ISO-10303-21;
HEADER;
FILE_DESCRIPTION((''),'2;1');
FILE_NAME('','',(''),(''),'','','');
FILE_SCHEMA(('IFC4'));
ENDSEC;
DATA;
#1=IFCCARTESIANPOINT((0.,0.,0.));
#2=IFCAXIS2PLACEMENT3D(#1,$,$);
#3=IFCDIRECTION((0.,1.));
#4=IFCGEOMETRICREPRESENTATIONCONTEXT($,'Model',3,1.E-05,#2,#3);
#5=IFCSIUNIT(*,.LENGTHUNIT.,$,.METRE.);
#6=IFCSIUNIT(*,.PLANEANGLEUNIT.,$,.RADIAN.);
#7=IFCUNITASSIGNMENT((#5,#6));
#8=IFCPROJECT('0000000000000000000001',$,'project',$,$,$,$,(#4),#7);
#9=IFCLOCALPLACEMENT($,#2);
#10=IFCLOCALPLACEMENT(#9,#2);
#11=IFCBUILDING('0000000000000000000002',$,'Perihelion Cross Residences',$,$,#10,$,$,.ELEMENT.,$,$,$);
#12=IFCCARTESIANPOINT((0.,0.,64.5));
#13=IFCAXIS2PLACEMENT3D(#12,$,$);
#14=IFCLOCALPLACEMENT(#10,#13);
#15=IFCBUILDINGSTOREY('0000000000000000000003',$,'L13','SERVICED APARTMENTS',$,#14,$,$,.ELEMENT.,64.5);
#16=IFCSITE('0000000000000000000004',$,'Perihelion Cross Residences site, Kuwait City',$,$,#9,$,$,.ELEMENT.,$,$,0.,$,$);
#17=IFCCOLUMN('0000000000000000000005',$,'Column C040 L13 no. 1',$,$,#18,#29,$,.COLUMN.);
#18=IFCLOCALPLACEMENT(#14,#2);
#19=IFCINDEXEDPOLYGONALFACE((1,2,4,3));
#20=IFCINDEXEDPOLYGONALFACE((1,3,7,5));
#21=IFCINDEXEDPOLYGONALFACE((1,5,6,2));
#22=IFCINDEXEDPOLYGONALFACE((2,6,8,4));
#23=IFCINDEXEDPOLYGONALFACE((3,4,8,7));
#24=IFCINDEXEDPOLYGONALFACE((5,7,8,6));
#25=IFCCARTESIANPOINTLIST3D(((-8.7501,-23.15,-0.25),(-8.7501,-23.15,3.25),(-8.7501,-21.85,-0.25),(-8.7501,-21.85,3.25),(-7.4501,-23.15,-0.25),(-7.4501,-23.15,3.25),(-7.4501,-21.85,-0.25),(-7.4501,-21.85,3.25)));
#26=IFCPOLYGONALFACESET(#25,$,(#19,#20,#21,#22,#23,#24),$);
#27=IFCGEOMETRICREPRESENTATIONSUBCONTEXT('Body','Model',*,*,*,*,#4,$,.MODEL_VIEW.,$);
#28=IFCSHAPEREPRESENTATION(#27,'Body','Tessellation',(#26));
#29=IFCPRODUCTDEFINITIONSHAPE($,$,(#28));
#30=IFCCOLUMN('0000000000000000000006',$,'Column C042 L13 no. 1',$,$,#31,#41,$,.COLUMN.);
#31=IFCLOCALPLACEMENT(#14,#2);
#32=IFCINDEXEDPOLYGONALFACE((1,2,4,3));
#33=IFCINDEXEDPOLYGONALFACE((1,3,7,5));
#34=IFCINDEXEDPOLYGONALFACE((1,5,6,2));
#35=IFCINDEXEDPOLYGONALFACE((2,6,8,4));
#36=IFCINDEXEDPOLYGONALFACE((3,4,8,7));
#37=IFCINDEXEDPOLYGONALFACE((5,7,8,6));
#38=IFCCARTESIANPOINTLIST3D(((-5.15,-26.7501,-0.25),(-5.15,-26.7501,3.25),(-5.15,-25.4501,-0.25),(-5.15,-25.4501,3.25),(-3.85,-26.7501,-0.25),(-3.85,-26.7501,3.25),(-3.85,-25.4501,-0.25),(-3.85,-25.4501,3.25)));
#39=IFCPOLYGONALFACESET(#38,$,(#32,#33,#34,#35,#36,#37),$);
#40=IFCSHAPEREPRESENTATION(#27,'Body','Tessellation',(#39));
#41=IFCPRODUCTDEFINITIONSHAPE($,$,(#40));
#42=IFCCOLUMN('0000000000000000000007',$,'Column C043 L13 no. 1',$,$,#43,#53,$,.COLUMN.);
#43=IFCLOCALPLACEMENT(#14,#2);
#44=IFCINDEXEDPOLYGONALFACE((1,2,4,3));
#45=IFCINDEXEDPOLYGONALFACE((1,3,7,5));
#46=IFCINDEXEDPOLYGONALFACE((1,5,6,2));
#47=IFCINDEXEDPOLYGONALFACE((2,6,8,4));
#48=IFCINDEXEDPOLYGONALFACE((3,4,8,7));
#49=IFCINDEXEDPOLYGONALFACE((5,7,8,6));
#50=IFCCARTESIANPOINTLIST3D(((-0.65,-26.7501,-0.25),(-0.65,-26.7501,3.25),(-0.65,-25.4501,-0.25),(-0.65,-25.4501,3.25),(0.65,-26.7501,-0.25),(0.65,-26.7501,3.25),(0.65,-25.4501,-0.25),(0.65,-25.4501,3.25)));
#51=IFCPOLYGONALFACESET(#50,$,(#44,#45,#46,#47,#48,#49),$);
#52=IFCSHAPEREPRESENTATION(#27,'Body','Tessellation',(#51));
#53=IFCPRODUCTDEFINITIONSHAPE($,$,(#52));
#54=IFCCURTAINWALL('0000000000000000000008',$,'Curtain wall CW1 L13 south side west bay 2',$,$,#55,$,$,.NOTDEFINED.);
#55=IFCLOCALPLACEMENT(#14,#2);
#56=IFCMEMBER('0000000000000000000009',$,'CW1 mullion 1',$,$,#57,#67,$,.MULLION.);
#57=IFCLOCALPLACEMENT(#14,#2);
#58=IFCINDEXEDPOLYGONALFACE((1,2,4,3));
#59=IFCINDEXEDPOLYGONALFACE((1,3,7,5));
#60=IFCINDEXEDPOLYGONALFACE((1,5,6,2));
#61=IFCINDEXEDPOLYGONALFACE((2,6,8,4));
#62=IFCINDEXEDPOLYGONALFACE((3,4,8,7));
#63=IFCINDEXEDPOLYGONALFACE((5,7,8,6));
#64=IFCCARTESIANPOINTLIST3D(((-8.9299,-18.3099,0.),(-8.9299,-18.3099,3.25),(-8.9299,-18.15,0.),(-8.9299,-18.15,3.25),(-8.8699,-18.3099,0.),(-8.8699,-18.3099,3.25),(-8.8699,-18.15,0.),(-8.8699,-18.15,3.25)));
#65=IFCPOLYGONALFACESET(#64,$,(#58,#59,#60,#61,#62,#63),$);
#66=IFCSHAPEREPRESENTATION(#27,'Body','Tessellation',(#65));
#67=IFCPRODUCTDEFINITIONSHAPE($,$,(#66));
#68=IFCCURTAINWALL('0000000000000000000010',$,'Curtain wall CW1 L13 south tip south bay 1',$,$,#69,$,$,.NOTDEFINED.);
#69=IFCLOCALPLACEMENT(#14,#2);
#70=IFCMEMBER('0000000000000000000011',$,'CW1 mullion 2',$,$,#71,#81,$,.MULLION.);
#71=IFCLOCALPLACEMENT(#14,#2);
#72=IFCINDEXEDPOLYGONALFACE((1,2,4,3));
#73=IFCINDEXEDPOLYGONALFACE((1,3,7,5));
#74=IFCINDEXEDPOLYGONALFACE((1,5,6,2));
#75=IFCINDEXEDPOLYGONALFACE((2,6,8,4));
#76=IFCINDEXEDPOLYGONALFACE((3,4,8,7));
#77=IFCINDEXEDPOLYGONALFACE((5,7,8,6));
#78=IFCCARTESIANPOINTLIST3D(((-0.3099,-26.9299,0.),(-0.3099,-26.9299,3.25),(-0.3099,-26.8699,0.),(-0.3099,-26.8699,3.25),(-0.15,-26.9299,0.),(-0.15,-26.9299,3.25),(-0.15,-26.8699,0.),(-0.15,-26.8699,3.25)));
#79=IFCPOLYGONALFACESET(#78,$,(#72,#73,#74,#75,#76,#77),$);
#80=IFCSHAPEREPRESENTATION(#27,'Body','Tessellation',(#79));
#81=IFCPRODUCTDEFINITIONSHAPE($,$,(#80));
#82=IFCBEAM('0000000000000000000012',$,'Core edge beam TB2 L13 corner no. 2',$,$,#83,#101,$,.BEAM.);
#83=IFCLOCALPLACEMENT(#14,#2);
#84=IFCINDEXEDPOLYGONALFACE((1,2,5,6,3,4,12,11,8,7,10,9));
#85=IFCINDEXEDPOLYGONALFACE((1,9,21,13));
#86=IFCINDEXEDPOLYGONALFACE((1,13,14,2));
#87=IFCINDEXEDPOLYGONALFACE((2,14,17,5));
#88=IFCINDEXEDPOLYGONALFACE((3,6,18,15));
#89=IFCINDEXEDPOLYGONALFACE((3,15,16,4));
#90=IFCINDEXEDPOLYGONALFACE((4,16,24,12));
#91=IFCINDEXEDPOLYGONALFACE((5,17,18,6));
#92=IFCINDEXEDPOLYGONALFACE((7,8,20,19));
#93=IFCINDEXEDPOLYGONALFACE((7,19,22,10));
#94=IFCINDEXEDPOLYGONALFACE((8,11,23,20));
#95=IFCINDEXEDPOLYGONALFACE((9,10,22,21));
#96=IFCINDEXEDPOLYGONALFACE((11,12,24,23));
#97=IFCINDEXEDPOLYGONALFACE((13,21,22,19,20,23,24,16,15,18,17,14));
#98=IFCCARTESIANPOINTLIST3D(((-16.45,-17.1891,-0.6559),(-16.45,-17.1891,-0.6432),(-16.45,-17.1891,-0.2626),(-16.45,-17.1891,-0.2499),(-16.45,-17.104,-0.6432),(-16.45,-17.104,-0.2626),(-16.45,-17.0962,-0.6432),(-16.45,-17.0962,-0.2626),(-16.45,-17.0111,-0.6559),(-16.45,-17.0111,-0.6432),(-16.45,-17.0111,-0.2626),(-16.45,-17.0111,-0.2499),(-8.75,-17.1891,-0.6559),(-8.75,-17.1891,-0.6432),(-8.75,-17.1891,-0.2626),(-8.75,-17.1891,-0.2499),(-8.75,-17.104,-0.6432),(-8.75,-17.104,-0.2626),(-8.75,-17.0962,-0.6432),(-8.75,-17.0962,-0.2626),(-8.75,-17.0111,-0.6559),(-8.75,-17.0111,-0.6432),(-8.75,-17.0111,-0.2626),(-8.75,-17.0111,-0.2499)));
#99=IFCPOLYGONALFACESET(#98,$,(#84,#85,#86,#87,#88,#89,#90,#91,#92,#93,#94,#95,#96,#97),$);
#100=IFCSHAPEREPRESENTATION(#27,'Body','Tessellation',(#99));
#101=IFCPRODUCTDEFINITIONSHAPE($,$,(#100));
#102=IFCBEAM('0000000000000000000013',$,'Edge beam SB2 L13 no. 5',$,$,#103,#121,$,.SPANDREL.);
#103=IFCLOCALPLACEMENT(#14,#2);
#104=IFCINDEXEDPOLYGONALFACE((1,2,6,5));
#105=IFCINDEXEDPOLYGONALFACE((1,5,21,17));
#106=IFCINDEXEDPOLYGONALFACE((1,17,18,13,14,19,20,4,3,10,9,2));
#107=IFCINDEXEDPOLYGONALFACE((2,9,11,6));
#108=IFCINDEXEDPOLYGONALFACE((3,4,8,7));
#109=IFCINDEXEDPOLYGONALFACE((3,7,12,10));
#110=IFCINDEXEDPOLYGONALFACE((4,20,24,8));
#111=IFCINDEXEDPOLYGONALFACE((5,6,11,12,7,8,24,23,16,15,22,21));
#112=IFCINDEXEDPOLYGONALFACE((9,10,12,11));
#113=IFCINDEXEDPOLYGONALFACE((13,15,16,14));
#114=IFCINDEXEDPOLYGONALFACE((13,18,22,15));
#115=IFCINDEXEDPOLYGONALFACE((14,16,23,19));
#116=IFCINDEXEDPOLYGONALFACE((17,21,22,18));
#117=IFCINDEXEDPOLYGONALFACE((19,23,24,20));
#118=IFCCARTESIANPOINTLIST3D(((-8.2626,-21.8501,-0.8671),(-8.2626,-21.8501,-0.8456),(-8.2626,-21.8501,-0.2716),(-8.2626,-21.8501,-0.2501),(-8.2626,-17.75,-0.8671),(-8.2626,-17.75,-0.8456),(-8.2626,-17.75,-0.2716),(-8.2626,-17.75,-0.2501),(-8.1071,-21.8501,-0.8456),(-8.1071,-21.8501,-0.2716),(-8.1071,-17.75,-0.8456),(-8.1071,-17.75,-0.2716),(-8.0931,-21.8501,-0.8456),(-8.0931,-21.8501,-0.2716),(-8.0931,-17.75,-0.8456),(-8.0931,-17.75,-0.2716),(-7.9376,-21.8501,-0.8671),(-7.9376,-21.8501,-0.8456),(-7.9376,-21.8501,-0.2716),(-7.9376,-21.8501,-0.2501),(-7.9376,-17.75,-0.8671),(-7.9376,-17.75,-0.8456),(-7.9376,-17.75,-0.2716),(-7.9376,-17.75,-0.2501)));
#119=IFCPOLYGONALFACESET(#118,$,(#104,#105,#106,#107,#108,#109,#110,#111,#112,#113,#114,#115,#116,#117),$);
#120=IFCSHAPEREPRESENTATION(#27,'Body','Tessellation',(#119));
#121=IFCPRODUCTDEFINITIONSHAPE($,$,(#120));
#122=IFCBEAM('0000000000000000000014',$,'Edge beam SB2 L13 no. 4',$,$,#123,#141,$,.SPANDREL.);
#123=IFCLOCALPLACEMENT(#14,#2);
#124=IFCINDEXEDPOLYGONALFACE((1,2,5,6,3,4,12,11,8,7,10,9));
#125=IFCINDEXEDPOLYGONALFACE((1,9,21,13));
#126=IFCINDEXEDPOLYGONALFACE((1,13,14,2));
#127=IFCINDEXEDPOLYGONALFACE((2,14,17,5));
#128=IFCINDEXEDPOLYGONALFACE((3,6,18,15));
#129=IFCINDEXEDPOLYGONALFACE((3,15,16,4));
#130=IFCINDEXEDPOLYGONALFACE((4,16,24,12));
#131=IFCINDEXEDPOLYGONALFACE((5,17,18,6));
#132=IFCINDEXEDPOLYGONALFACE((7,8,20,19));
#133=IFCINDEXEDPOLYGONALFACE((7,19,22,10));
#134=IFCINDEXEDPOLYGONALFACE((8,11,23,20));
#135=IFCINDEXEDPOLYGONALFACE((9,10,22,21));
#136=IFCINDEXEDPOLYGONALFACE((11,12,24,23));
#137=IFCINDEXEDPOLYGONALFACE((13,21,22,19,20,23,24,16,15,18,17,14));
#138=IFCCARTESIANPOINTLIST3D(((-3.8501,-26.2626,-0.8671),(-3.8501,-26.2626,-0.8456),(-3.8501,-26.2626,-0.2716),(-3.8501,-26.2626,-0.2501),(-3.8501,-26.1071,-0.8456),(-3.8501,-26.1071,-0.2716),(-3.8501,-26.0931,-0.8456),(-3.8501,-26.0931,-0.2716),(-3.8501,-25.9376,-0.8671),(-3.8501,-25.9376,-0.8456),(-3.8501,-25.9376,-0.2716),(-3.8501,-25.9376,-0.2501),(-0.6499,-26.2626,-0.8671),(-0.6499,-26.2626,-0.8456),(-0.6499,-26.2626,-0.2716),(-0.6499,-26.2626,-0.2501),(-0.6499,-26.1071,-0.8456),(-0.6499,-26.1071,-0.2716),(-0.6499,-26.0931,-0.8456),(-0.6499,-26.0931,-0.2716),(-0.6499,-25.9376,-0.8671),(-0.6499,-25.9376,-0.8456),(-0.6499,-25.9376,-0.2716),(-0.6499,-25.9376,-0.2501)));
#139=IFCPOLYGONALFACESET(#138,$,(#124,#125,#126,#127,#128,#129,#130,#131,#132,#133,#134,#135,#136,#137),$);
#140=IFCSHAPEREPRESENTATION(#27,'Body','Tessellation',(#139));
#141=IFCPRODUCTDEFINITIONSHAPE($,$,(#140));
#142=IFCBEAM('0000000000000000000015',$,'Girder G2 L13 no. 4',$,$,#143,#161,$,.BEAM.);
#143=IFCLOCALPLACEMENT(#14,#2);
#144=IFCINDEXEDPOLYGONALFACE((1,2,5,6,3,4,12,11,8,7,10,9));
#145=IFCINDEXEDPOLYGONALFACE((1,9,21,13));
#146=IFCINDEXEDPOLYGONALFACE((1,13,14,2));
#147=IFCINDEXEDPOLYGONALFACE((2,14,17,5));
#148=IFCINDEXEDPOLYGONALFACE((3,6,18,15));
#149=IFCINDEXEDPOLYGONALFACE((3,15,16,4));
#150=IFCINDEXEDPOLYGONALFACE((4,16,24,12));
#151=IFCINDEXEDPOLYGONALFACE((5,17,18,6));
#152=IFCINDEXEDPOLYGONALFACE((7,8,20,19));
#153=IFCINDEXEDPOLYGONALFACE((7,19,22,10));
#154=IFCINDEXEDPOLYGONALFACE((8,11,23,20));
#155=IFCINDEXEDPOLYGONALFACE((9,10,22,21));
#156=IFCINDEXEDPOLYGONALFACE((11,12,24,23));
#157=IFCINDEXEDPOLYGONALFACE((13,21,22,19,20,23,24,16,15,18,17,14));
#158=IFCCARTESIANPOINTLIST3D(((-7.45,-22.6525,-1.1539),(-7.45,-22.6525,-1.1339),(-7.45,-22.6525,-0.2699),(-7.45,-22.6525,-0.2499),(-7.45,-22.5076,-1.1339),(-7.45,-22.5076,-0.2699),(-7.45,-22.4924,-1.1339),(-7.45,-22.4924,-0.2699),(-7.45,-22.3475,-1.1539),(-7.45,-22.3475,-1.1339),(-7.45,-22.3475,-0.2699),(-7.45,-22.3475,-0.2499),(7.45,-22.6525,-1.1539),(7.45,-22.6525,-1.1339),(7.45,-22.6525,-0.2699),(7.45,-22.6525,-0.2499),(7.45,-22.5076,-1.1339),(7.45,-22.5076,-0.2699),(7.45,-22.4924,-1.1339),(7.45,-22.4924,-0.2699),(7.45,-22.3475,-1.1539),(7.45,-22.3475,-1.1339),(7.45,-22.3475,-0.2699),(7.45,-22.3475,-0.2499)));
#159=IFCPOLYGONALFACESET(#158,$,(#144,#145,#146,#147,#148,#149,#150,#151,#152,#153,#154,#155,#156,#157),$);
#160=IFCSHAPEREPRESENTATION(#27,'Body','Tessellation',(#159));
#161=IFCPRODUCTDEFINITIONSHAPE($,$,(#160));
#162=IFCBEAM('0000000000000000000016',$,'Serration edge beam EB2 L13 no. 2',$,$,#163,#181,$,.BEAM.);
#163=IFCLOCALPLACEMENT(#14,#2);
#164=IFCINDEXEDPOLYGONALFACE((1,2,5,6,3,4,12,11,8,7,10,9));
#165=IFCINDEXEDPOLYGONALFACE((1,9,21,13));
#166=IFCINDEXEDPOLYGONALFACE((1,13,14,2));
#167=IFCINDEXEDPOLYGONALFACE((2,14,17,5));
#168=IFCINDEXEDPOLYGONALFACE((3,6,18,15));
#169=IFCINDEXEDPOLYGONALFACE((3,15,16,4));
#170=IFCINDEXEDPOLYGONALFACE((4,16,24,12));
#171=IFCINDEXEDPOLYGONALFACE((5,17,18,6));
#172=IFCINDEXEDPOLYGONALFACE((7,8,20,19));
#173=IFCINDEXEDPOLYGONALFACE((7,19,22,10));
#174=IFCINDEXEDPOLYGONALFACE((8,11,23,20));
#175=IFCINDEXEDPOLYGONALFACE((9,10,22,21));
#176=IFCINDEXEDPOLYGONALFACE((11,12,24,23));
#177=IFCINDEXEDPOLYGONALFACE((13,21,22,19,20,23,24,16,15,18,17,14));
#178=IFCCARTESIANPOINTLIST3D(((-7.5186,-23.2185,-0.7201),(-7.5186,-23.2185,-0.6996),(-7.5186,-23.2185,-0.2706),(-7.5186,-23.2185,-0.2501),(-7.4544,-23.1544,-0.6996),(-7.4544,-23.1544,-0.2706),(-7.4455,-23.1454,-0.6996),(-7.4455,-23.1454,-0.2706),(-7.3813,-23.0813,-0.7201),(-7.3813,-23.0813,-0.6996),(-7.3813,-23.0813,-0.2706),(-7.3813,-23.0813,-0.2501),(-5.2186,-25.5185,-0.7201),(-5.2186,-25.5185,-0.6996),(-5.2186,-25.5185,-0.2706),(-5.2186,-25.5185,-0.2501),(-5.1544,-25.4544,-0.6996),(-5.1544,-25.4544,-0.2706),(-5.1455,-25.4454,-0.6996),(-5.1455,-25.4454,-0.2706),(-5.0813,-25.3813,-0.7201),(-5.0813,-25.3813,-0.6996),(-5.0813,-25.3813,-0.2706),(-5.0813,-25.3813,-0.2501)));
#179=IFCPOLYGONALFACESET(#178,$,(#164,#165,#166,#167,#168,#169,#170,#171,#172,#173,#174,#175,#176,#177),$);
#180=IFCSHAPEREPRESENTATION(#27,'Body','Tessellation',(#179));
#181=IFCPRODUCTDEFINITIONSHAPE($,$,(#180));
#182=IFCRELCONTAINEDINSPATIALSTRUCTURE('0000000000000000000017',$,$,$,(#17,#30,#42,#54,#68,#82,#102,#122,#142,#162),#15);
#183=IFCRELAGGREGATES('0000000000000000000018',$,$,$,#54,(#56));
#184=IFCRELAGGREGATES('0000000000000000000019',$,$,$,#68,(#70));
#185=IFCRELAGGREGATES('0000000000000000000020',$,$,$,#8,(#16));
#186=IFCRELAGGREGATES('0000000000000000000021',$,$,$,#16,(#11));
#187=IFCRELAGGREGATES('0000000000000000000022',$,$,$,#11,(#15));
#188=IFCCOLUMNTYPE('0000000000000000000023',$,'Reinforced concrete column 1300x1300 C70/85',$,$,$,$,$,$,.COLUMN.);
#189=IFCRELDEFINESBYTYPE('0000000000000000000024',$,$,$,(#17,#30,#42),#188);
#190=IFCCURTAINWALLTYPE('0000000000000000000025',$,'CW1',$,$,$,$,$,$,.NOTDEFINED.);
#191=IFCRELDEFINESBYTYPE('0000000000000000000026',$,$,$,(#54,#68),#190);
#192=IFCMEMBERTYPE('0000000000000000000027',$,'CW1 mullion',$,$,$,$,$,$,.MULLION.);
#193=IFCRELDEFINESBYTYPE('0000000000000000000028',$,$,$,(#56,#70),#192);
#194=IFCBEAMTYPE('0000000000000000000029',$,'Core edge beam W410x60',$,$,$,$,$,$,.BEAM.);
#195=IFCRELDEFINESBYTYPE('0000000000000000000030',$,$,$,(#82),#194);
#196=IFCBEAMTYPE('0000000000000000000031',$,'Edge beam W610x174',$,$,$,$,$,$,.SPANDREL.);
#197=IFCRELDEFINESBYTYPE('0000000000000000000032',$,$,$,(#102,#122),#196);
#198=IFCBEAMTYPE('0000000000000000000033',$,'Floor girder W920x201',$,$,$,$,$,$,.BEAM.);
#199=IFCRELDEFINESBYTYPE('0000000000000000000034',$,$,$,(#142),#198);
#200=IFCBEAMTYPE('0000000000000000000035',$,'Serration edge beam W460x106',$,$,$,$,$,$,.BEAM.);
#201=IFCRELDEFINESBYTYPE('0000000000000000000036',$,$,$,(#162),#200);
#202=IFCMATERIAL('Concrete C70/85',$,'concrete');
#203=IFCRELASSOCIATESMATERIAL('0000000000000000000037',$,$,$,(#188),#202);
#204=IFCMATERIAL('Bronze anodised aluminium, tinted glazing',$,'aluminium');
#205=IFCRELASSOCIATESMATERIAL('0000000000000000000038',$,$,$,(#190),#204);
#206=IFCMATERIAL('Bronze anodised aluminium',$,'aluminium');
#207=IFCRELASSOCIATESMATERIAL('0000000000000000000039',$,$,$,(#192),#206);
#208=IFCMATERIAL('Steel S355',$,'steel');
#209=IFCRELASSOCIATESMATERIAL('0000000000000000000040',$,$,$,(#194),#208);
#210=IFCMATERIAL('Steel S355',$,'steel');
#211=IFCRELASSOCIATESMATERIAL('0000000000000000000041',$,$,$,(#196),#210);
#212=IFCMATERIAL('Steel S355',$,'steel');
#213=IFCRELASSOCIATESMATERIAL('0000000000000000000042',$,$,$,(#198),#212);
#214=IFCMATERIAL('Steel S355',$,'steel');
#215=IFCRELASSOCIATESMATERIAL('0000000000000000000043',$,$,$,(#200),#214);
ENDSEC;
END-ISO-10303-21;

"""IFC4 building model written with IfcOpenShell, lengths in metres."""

from ifc_helpers import new_model, si_unit, direction, frame, origin, origin_2d, place, context, subcontext, project, spatial, rectangle, i_section, extrude, material, material_profile, profile_set, type_object, element, aggregate, save


model = new_model("IFC4")

# Units and contexts
model_context = context("Model", 3, precision=1e-05, world=origin(), true_north=direction((0.0, 1.0)))
body_context = subcontext(model_context, "Body", "Model", "MODEL_VIEW")
ifc_project = project(units=[si_unit("LENGTHUNIT", "METRE"), si_unit("PLANEANGLEUNIT", "RADIAN")], contexts=[model_context])

# Site, building, storey
site_placement = place(None, origin())
site = spatial("IfcSite", under=ifc_project, at=site_placement, Name="Perihelion Cross Residences site, Kuwait City", CompositionType="ELEMENT", RefElevation=0.0)
building_placement = place(site_placement, origin())
building = spatial("IfcBuilding", under=site, at=building_placement, Name="Perihelion Cross Residences", CompositionType="ELEMENT")
storey_placement = place(building_placement, frame((0.0, 0.0, 64.5)))
storey = spatial("IfcBuildingStorey", under=building, at=storey_placement, Name="L13", Description="SERVICED APARTMENTS", CompositionType="ELEMENT", Elevation=64.5)

# Columns
ifc_material_1 = material(Name="Concrete C70/85", Category="concrete")
ifc_material_profile_1 = material_profile(ifc_material_1, rectangle(XDim=1.3, YDim=1.3, at=origin_2d()), Name="RC 1300x1300")
ifc_profile_set_1 = profile_set([ifc_material_profile_1], Name="Concrete C70/85")
column_type = type_object("IfcColumnType", Name="Reinforced concrete column 1300x1300 C70/85", PredefinedType="COLUMN", material=ifc_profile_set_1)
for number, where, z_axis, x_axis, name in (
    (1, (-8.1001, -22.5, -0.25), (0.0, 0.0, 1.0), (1.0, 0.0, 0.0), "Column C040 L13 no. 1"),
    (2, (-4.5, -26.1001, -0.25), (0.0, 0.0, 1.0), (1.0, 0.0, 0.0), "Column C042 L13 no. 1"),
    (3, (0.0, -26.1001, -0.25), (0.0, 0.0, 1.0), (1.0, 0.0, 0.0), "Column C043 L13 no. 1"),
):
    element("IfcColumn", number, at=place(storey_placement, frame(where, z_axis=z_axis, x_axis=x_axis)), inside=storey, type_object=column_type, Name=name, PredefinedType="COLUMN", context=body_context, shape_type="SweptSolid", body=[
        extrude(rectangle(XDim=1.3, YDim=1.3, at=origin_2d()), origin(), (0.0, 0.0, 1.0), 3.5),
    ])

# Curtain walls, members
ifc_material_2 = material(Name="Bronze anodised aluminium, tinted glazing", Category="aluminium")
curtain_wall_type = type_object("IfcCurtainWallType", Name="CW1", PredefinedType="NOTDEFINED", material=ifc_material_2)
curtain_wall_1_placement = place(storey_placement, origin())
curtain_wall_1 = element("IfcCurtainWall", 4, at=curtain_wall_1_placement, inside=storey, type_object=curtain_wall_type, Name="Curtain wall CW1 L13 south side west bay 2", PredefinedType="NOTDEFINED")
ifc_material_3 = material(Name="Bronze anodised aluminium", Category="aluminium")
ifc_material_profile_2 = material_profile(ifc_material_3, rectangle(XDim=0.0601, YDim=0.1599, at=origin_2d()), Name="CW1 mullion")
ifc_profile_set_2 = profile_set([ifc_material_profile_2], Name="Bronze anodised aluminium")
member_type = type_object("IfcMemberType", Name="CW1 mullion", PredefinedType="MULLION", material=ifc_profile_set_2)
member_1_placement = place(storey_placement, frame((-8.8999, -18.23, 0.0), z_axis=(0.0, 0.0, 1.0), x_axis=(1.0, 0.0, 0.0)))
member_1 = element("IfcMember", 5, at=member_1_placement, type_object=member_type, Name="CW1 mullion 1", PredefinedType="MULLION", context=body_context, shape_type="SweptSolid", body=[
    extrude(rectangle(XDim=0.0601, YDim=0.1599, at=origin_2d()), origin(), (0.0, 0.0, 1.0), 3.25),
])
curtain_wall_2_placement = place(storey_placement, origin())
curtain_wall_2 = element("IfcCurtainWall", 6, at=curtain_wall_2_placement, inside=storey, type_object=curtain_wall_type, Name="Curtain wall CW1 L13 south tip south bay 1", PredefinedType="NOTDEFINED")
member_2_placement = place(storey_placement, frame((-0.23, -26.8999, 0.0), z_axis=(0.0, 0.0, 1.0), x_axis=(0.0, 1.0, 0.0)))
member_2 = element("IfcMember", 7, at=member_2_placement, type_object=member_type, Name="CW1 mullion 2", PredefinedType="MULLION", context=body_context, shape_type="SweptSolid", body=[
    extrude(rectangle(XDim=0.0601, YDim=0.1599, at=origin_2d()), origin(), (0.0, 0.0, 1.0), 3.25),
])

# Beams
ifc_material_4 = material(Name="Steel S355", Category="steel")
ifc_material_profile_3 = material_profile(ifc_material_4, i_section(OverallWidth=0.178, OverallDepth=0.406, WebThickness=0.0078, FlangeThickness=0.0127, at=origin_2d()), Name="W410x60")
ifc_profile_set_3 = profile_set([ifc_material_profile_3], Name="Steel S355")
beam_type_1 = type_object("IfcBeamType", Name="Core edge beam W410x60", PredefinedType="BEAM", material=ifc_profile_set_3)
beam_1_placement = place(storey_placement, frame((-8.75, -17.1001, -0.4529), z_axis=(-1.0, 0.0, 0.0), x_axis=(0.0, -1.0, 0.0)))
element("IfcBeam", 8, at=beam_1_placement, inside=storey, type_object=beam_type_1, Name="Core edge beam TB2 L13 corner no. 2", PredefinedType="BEAM", context=body_context, shape_type="SweptSolid", body=[
    extrude(i_section(OverallWidth=0.178, OverallDepth=0.406, WebThickness=0.0078, FlangeThickness=0.0127, at=origin_2d()), origin(), (0.0, 0.0, 1.0), 7.7),
])
ifc_material_5 = material(Name="Steel S355", Category="steel")
ifc_material_profile_4 = material_profile(ifc_material_5, i_section(OverallWidth=0.325, OverallDepth=0.6169, WebThickness=0.0139, FlangeThickness=0.0215, at=origin_2d()), Name="W610x174")
ifc_profile_set_4 = profile_set([ifc_material_profile_4], Name="Steel S355")
beam_type_2 = type_object("IfcBeamType", Name="Edge beam W610x174", PredefinedType="SPANDREL", material=ifc_profile_set_4)
beam_2_placement = place(storey_placement, frame((-8.1001, -17.75, -0.5586), z_axis=(0.0, -1.0, 0.0), x_axis=(1.0, 0.0, 0.0)))
element("IfcBeam", 9, at=beam_2_placement, inside=storey, type_object=beam_type_2, Name="Edge beam SB2 L13 no. 5", PredefinedType="SPANDREL", context=body_context, shape_type="SweptSolid", body=[
    extrude(i_section(OverallWidth=0.325, OverallDepth=0.6169, WebThickness=0.0139, FlangeThickness=0.0215, at=origin_2d()), origin(), (0.0, 0.0, 1.0), 4.1001),
])
beam_3_placement = place(storey_placement, frame((-3.8501, -26.1001, -0.5586), z_axis=(1.0, 0.0, 0.0), x_axis=(0.0, 1.0, 0.0)))
element("IfcBeam", 10, at=beam_3_placement, inside=storey, type_object=beam_type_2, Name="Edge beam SB2 L13 no. 4", PredefinedType="SPANDREL", context=body_context, shape_type="SweptSolid", body=[
    extrude(i_section(OverallWidth=0.325, OverallDepth=0.6169, WebThickness=0.0139, FlangeThickness=0.0215, at=origin_2d()), origin(), (0.0, 0.0, 1.0), 3.2002),
])
ifc_material_6 = material(Name="Steel S355", Category="steel")
ifc_material_profile_5 = material_profile(ifc_material_6, i_section(OverallWidth=0.3049, OverallDepth=0.9041, WebThickness=0.0151, FlangeThickness=0.02, at=origin_2d()), Name="W920x201")
ifc_profile_set_5 = profile_set([ifc_material_profile_5], Name="Steel S355")
beam_type_3 = type_object("IfcBeamType", Name="Floor girder W920x201", PredefinedType="BEAM", material=ifc_profile_set_5)
beam_4_placement = place(storey_placement, frame((-7.45, -22.5, -0.7019), z_axis=(1.0, 0.0, 0.0), x_axis=(0.0, 1.0, 0.0)))
element("IfcBeam", 11, at=beam_4_placement, inside=storey, type_object=beam_type_3, Name="Girder G2 L13 no. 4", PredefinedType="BEAM", context=body_context, shape_type="SweptSolid", body=[
    extrude(i_section(OverallWidth=0.3049, OverallDepth=0.9041, WebThickness=0.0151, FlangeThickness=0.02, at=origin_2d()), origin(), (0.0, 0.0, 1.0), 14.8999),
])
ifc_material_7 = material(Name="Steel S355", Category="steel")
ifc_material_profile_6 = material_profile(ifc_material_7, i_section(OverallWidth=0.1941, OverallDepth=0.47, WebThickness=0.0127, FlangeThickness=0.0205, at=origin_2d()), Name="W460x106")
ifc_profile_set_6 = profile_set([ifc_material_profile_6], Name="Steel S355")
beam_type_4 = type_object("IfcBeamType", Name="Serration edge beam W460x106", PredefinedType="BEAM", material=ifc_profile_set_6)
beam_5_placement = place(storey_placement, frame((-7.45, -23.1499, -0.4851), z_axis=(0.707107, -0.707107, 0.0), x_axis=(0.707107, 0.707107, 0.0)))
element("IfcBeam", 12, at=beam_5_placement, inside=storey, type_object=beam_type_4, Name="Serration edge beam EB2 L13 no. 2", PredefinedType="BEAM", context=body_context, shape_type="SweptSolid", body=[
    extrude(i_section(OverallWidth=0.1941, OverallDepth=0.47, WebThickness=0.0127, FlangeThickness=0.0205, at=origin_2d()), origin(), (0.0, 0.0, 1.0), 3.2527),
])

aggregate(curtain_wall_1, [member_1])
aggregate(curtain_wall_2, [member_2])

save(model, "model.ifc")
